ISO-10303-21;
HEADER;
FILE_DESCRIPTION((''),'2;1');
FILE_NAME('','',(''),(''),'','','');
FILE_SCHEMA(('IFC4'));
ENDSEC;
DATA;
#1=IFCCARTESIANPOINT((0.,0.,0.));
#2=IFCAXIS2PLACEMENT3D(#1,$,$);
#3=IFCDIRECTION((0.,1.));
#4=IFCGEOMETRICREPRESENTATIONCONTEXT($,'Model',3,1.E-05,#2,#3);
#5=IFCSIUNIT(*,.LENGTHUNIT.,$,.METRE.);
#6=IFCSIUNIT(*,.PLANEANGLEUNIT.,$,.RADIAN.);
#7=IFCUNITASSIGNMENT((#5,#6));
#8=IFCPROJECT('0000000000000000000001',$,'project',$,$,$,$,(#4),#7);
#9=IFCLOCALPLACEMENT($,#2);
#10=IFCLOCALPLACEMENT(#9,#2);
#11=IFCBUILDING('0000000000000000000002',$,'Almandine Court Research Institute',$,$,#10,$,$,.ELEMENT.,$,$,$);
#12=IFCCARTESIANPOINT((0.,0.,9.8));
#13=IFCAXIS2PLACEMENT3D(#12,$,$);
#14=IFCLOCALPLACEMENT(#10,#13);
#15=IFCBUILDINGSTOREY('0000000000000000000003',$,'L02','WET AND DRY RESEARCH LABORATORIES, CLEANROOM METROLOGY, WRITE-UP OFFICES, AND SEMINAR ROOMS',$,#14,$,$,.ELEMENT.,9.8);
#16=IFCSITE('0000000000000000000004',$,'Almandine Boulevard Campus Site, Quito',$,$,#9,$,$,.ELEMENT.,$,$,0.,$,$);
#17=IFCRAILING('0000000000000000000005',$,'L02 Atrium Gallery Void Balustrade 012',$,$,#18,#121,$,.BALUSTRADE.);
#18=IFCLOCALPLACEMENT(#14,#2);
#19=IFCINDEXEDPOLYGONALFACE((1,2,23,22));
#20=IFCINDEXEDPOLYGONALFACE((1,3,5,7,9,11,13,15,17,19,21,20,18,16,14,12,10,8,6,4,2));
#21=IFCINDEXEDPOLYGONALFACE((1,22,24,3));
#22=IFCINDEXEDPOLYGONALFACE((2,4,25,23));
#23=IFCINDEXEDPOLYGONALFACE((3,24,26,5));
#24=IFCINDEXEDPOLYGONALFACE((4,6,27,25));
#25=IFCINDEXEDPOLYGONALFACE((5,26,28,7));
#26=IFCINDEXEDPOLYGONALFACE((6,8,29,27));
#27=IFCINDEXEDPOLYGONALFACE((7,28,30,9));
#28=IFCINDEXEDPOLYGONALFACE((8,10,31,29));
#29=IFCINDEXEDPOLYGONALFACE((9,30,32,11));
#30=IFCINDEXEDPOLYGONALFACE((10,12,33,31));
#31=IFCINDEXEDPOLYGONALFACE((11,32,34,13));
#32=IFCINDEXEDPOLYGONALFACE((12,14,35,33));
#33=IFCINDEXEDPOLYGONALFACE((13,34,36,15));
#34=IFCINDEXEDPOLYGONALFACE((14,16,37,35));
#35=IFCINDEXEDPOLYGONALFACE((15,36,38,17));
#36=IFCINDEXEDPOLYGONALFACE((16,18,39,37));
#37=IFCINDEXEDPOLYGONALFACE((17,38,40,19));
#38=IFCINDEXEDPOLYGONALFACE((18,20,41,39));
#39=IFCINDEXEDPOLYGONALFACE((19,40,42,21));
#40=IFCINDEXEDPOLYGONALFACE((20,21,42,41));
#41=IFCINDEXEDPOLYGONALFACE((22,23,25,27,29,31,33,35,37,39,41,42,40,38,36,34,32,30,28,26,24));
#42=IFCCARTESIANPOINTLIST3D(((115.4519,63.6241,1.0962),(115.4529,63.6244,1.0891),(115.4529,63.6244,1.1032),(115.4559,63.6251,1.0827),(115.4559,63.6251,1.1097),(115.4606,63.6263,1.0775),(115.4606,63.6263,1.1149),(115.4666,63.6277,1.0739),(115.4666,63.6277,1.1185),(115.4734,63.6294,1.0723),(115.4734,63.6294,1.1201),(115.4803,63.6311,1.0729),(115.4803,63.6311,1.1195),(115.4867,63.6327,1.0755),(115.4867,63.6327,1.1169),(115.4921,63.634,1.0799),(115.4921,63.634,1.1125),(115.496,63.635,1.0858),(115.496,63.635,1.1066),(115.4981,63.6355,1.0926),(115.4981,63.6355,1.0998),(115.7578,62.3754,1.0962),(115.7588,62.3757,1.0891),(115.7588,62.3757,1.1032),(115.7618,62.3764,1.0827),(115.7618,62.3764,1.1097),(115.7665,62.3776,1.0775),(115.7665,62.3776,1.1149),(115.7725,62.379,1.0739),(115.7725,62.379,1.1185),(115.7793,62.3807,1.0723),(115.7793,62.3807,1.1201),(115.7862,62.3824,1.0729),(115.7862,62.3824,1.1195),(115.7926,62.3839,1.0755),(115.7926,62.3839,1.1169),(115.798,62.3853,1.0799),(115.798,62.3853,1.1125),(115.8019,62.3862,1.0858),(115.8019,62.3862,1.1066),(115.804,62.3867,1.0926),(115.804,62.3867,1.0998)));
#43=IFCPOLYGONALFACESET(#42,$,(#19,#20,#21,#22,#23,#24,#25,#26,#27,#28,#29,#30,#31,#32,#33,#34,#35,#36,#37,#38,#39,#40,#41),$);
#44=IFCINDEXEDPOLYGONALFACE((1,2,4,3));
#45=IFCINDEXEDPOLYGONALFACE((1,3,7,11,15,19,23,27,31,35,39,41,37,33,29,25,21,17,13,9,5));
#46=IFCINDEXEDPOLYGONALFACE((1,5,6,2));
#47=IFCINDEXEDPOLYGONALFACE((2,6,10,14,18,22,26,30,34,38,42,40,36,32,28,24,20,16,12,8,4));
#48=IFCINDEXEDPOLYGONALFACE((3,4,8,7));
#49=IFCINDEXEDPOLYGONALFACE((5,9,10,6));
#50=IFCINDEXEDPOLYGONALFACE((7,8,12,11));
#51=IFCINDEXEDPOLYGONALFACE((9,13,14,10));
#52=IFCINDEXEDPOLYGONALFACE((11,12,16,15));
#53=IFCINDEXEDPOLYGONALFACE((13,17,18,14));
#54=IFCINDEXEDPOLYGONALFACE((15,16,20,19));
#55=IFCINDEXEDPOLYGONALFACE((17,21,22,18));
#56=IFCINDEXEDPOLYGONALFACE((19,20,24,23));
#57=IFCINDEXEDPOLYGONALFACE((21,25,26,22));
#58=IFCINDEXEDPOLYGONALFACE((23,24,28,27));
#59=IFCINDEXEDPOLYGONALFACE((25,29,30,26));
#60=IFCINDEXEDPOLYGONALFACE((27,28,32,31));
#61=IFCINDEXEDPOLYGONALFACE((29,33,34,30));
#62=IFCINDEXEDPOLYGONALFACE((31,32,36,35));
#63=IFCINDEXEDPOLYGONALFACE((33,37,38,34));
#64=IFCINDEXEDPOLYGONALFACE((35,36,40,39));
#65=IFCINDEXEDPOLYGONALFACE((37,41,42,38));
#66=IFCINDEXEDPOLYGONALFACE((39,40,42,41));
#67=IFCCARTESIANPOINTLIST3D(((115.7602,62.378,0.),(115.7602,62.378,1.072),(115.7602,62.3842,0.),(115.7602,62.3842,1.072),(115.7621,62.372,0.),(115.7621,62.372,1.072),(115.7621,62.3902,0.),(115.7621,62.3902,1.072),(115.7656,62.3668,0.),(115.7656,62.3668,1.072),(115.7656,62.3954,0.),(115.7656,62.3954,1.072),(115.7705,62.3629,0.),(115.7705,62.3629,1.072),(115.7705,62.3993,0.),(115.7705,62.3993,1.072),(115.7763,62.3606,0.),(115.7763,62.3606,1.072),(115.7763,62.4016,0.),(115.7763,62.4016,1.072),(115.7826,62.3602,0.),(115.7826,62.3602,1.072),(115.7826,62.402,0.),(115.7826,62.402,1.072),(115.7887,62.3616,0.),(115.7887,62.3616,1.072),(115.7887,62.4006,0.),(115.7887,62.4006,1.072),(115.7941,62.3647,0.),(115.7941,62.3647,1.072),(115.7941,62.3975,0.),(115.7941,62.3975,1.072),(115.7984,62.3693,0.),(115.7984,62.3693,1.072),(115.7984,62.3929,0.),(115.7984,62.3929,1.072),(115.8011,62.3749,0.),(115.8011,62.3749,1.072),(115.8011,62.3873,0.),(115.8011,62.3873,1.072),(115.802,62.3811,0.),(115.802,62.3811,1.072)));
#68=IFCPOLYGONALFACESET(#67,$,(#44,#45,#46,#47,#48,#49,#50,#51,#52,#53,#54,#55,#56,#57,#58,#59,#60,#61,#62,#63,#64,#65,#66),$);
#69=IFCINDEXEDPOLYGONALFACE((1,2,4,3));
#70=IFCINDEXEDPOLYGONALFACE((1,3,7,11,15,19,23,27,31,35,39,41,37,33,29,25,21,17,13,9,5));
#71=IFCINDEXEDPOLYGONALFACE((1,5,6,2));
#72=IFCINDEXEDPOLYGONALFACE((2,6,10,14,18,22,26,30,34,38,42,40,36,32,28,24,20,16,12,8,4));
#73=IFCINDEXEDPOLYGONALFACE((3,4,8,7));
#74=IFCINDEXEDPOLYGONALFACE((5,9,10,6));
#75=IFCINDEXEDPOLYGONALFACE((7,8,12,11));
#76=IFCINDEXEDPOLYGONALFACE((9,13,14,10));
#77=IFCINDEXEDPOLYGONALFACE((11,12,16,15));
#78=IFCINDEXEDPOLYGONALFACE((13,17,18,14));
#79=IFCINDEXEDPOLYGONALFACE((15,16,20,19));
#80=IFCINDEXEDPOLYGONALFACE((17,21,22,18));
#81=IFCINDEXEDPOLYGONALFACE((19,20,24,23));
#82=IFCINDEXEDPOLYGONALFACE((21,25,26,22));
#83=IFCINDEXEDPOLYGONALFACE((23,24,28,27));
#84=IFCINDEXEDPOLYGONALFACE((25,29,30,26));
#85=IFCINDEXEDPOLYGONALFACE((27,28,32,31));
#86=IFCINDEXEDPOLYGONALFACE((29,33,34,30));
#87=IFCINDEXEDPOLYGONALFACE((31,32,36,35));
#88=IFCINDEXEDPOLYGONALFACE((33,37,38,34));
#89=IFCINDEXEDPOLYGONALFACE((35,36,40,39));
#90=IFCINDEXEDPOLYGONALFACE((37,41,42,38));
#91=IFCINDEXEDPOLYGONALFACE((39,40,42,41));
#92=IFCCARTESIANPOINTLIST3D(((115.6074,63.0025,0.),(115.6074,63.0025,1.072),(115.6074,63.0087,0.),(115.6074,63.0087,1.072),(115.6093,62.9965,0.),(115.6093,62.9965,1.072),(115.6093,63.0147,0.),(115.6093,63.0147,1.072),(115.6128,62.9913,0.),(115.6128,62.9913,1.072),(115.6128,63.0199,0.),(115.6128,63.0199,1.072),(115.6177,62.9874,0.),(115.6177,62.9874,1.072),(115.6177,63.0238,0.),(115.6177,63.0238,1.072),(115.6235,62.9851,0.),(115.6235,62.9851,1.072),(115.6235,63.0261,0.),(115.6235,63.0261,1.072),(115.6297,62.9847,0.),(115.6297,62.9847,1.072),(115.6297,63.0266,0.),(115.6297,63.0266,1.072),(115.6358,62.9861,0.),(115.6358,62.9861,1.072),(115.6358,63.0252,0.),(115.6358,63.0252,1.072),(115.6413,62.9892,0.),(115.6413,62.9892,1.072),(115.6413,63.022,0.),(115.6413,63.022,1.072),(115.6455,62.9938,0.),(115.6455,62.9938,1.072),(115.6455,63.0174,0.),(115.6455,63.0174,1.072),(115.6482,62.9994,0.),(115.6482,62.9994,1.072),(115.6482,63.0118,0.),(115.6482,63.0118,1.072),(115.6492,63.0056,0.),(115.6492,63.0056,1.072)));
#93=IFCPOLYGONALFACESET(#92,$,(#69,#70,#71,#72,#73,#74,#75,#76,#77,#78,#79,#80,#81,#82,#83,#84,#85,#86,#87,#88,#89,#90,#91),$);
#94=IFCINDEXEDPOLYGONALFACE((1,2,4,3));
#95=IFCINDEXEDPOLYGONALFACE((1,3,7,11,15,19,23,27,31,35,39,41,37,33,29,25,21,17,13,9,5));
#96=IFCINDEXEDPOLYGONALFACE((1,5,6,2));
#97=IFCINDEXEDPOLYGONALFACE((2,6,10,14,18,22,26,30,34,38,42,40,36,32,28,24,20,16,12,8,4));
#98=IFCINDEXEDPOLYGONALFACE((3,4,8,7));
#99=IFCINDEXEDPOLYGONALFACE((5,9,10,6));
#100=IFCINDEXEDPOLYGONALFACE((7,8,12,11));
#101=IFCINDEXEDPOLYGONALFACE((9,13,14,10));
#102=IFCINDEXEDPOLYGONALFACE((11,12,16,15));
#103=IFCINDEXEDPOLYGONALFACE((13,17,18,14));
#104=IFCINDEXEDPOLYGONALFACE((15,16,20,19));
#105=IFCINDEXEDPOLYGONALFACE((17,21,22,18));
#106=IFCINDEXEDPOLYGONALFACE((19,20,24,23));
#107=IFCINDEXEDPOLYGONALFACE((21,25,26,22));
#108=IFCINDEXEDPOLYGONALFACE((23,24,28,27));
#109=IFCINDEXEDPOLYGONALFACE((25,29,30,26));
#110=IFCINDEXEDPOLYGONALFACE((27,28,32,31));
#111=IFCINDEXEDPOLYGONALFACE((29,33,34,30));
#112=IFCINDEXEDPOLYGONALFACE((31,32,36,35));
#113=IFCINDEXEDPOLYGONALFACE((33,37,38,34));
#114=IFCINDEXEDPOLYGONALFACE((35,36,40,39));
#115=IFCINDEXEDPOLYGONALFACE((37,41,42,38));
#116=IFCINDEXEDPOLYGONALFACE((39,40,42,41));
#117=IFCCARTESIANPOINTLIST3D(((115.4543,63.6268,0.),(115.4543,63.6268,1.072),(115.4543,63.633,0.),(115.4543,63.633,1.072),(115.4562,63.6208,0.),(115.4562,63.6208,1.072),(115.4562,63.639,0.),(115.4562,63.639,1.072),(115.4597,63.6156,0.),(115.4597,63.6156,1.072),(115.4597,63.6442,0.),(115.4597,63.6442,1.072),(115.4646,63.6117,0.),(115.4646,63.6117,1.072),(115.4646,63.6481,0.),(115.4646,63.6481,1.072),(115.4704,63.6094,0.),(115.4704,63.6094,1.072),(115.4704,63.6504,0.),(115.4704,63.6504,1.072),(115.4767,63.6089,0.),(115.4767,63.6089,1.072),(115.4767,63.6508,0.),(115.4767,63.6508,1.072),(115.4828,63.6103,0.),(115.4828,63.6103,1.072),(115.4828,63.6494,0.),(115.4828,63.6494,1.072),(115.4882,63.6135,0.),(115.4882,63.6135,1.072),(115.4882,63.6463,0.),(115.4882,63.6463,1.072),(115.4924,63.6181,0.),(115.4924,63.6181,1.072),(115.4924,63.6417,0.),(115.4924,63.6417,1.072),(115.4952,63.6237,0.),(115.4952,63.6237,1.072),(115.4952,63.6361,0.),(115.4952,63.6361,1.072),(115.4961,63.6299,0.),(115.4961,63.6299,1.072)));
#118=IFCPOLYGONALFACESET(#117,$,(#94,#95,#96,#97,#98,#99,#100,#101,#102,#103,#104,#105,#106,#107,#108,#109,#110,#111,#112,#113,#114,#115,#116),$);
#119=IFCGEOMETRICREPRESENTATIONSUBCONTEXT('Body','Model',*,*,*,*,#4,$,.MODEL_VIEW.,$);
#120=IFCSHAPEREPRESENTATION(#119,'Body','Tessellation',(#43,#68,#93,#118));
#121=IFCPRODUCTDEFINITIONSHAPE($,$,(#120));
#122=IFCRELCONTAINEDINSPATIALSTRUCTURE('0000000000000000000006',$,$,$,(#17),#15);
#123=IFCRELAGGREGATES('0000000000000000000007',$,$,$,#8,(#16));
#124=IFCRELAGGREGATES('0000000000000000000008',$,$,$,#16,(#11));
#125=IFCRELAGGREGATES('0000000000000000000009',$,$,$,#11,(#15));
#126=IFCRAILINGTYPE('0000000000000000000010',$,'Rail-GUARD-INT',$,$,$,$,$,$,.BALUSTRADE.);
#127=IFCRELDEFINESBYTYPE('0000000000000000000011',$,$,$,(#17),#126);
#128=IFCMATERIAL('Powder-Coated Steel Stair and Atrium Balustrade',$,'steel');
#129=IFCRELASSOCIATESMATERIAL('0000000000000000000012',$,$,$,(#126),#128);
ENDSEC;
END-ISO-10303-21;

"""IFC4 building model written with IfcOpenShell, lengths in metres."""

from ifc_helpers import new_model, si_unit, direction, frame, origin, origin_2d, place, context, subcontext, project, spatial, circle, extrude, material, type_object, element, save


model = new_model("IFC4")

# Units and contexts
model_context = context("Model", 3, precision=1e-05, world=origin(), true_north=direction((0.0, 1.0)))
body_context = subcontext(model_context, "Body", "Model", "MODEL_VIEW")
ifc_project = project(units=[si_unit("LENGTHUNIT", "METRE"), si_unit("PLANEANGLEUNIT", "RADIAN")], contexts=[model_context])

# Site, building, storey
site_placement = place(None, origin())
site = spatial("IfcSite", under=ifc_project, at=site_placement, Name="Almandine Boulevard Campus Site, Quito", CompositionType="ELEMENT", RefElevation=0.0)
building_placement = place(site_placement, origin())
building = spatial("IfcBuilding", under=site, at=building_placement, Name="Almandine Court Research Institute", CompositionType="ELEMENT")
storey_placement = place(building_placement, frame((0.0, 0.0, 9.8)))
storey = spatial("IfcBuildingStorey", under=building, at=storey_placement, Name="L02", Description="WET AND DRY RESEARCH LABORATORIES, CLEANROOM METROLOGY, WRITE-UP OFFICES, AND SEMINAR ROOMS", CompositionType="ELEMENT", Elevation=9.8)

# Railing
ifc_material_1 = material(Name="Powder-Coated Steel Stair and Atrium Balustrade", Category="steel")
railing_type = type_object("IfcRailingType", Name="Rail-GUARD-INT", PredefinedType="BALUSTRADE", material=ifc_material_1)
railing_1_placement = place(storey_placement, frame((115.781, 62.3811, 0.0)))
element("IfcRailing", 1, at=railing_1_placement, inside=storey, type_object=railing_type, Name="L02 Atrium Gallery Void Balustrade 012", PredefinedType="BALUSTRADE", context=body_context, shape_type="SweptSolid", body=[
    extrude(circle(Radius=0.0239, at=origin_2d()), frame((0.0, 0.0, 1.0962), z_axis=(-0.237931, 0.971282, 0.0), x_axis=(-0.971282, -0.237931, 0.0)), (0.0, 0.0, 1.0), 1.2856),
    extrude(circle(Radius=0.021, at=origin_2d()), origin(), (0.0, 0.0, 1.0), 1.072),
    extrude(circle(Radius=0.021, at=origin_2d()), frame((-0.1528, 0.6245, 0.0)), (0.0, 0.0, 1.0), 1.072),
    extrude(circle(Radius=0.021, at=origin_2d()), frame((-0.3059, 1.2488, 0.0)), (0.0, 0.0, 1.0), 1.072),
])

save(model, "model.ifc")
